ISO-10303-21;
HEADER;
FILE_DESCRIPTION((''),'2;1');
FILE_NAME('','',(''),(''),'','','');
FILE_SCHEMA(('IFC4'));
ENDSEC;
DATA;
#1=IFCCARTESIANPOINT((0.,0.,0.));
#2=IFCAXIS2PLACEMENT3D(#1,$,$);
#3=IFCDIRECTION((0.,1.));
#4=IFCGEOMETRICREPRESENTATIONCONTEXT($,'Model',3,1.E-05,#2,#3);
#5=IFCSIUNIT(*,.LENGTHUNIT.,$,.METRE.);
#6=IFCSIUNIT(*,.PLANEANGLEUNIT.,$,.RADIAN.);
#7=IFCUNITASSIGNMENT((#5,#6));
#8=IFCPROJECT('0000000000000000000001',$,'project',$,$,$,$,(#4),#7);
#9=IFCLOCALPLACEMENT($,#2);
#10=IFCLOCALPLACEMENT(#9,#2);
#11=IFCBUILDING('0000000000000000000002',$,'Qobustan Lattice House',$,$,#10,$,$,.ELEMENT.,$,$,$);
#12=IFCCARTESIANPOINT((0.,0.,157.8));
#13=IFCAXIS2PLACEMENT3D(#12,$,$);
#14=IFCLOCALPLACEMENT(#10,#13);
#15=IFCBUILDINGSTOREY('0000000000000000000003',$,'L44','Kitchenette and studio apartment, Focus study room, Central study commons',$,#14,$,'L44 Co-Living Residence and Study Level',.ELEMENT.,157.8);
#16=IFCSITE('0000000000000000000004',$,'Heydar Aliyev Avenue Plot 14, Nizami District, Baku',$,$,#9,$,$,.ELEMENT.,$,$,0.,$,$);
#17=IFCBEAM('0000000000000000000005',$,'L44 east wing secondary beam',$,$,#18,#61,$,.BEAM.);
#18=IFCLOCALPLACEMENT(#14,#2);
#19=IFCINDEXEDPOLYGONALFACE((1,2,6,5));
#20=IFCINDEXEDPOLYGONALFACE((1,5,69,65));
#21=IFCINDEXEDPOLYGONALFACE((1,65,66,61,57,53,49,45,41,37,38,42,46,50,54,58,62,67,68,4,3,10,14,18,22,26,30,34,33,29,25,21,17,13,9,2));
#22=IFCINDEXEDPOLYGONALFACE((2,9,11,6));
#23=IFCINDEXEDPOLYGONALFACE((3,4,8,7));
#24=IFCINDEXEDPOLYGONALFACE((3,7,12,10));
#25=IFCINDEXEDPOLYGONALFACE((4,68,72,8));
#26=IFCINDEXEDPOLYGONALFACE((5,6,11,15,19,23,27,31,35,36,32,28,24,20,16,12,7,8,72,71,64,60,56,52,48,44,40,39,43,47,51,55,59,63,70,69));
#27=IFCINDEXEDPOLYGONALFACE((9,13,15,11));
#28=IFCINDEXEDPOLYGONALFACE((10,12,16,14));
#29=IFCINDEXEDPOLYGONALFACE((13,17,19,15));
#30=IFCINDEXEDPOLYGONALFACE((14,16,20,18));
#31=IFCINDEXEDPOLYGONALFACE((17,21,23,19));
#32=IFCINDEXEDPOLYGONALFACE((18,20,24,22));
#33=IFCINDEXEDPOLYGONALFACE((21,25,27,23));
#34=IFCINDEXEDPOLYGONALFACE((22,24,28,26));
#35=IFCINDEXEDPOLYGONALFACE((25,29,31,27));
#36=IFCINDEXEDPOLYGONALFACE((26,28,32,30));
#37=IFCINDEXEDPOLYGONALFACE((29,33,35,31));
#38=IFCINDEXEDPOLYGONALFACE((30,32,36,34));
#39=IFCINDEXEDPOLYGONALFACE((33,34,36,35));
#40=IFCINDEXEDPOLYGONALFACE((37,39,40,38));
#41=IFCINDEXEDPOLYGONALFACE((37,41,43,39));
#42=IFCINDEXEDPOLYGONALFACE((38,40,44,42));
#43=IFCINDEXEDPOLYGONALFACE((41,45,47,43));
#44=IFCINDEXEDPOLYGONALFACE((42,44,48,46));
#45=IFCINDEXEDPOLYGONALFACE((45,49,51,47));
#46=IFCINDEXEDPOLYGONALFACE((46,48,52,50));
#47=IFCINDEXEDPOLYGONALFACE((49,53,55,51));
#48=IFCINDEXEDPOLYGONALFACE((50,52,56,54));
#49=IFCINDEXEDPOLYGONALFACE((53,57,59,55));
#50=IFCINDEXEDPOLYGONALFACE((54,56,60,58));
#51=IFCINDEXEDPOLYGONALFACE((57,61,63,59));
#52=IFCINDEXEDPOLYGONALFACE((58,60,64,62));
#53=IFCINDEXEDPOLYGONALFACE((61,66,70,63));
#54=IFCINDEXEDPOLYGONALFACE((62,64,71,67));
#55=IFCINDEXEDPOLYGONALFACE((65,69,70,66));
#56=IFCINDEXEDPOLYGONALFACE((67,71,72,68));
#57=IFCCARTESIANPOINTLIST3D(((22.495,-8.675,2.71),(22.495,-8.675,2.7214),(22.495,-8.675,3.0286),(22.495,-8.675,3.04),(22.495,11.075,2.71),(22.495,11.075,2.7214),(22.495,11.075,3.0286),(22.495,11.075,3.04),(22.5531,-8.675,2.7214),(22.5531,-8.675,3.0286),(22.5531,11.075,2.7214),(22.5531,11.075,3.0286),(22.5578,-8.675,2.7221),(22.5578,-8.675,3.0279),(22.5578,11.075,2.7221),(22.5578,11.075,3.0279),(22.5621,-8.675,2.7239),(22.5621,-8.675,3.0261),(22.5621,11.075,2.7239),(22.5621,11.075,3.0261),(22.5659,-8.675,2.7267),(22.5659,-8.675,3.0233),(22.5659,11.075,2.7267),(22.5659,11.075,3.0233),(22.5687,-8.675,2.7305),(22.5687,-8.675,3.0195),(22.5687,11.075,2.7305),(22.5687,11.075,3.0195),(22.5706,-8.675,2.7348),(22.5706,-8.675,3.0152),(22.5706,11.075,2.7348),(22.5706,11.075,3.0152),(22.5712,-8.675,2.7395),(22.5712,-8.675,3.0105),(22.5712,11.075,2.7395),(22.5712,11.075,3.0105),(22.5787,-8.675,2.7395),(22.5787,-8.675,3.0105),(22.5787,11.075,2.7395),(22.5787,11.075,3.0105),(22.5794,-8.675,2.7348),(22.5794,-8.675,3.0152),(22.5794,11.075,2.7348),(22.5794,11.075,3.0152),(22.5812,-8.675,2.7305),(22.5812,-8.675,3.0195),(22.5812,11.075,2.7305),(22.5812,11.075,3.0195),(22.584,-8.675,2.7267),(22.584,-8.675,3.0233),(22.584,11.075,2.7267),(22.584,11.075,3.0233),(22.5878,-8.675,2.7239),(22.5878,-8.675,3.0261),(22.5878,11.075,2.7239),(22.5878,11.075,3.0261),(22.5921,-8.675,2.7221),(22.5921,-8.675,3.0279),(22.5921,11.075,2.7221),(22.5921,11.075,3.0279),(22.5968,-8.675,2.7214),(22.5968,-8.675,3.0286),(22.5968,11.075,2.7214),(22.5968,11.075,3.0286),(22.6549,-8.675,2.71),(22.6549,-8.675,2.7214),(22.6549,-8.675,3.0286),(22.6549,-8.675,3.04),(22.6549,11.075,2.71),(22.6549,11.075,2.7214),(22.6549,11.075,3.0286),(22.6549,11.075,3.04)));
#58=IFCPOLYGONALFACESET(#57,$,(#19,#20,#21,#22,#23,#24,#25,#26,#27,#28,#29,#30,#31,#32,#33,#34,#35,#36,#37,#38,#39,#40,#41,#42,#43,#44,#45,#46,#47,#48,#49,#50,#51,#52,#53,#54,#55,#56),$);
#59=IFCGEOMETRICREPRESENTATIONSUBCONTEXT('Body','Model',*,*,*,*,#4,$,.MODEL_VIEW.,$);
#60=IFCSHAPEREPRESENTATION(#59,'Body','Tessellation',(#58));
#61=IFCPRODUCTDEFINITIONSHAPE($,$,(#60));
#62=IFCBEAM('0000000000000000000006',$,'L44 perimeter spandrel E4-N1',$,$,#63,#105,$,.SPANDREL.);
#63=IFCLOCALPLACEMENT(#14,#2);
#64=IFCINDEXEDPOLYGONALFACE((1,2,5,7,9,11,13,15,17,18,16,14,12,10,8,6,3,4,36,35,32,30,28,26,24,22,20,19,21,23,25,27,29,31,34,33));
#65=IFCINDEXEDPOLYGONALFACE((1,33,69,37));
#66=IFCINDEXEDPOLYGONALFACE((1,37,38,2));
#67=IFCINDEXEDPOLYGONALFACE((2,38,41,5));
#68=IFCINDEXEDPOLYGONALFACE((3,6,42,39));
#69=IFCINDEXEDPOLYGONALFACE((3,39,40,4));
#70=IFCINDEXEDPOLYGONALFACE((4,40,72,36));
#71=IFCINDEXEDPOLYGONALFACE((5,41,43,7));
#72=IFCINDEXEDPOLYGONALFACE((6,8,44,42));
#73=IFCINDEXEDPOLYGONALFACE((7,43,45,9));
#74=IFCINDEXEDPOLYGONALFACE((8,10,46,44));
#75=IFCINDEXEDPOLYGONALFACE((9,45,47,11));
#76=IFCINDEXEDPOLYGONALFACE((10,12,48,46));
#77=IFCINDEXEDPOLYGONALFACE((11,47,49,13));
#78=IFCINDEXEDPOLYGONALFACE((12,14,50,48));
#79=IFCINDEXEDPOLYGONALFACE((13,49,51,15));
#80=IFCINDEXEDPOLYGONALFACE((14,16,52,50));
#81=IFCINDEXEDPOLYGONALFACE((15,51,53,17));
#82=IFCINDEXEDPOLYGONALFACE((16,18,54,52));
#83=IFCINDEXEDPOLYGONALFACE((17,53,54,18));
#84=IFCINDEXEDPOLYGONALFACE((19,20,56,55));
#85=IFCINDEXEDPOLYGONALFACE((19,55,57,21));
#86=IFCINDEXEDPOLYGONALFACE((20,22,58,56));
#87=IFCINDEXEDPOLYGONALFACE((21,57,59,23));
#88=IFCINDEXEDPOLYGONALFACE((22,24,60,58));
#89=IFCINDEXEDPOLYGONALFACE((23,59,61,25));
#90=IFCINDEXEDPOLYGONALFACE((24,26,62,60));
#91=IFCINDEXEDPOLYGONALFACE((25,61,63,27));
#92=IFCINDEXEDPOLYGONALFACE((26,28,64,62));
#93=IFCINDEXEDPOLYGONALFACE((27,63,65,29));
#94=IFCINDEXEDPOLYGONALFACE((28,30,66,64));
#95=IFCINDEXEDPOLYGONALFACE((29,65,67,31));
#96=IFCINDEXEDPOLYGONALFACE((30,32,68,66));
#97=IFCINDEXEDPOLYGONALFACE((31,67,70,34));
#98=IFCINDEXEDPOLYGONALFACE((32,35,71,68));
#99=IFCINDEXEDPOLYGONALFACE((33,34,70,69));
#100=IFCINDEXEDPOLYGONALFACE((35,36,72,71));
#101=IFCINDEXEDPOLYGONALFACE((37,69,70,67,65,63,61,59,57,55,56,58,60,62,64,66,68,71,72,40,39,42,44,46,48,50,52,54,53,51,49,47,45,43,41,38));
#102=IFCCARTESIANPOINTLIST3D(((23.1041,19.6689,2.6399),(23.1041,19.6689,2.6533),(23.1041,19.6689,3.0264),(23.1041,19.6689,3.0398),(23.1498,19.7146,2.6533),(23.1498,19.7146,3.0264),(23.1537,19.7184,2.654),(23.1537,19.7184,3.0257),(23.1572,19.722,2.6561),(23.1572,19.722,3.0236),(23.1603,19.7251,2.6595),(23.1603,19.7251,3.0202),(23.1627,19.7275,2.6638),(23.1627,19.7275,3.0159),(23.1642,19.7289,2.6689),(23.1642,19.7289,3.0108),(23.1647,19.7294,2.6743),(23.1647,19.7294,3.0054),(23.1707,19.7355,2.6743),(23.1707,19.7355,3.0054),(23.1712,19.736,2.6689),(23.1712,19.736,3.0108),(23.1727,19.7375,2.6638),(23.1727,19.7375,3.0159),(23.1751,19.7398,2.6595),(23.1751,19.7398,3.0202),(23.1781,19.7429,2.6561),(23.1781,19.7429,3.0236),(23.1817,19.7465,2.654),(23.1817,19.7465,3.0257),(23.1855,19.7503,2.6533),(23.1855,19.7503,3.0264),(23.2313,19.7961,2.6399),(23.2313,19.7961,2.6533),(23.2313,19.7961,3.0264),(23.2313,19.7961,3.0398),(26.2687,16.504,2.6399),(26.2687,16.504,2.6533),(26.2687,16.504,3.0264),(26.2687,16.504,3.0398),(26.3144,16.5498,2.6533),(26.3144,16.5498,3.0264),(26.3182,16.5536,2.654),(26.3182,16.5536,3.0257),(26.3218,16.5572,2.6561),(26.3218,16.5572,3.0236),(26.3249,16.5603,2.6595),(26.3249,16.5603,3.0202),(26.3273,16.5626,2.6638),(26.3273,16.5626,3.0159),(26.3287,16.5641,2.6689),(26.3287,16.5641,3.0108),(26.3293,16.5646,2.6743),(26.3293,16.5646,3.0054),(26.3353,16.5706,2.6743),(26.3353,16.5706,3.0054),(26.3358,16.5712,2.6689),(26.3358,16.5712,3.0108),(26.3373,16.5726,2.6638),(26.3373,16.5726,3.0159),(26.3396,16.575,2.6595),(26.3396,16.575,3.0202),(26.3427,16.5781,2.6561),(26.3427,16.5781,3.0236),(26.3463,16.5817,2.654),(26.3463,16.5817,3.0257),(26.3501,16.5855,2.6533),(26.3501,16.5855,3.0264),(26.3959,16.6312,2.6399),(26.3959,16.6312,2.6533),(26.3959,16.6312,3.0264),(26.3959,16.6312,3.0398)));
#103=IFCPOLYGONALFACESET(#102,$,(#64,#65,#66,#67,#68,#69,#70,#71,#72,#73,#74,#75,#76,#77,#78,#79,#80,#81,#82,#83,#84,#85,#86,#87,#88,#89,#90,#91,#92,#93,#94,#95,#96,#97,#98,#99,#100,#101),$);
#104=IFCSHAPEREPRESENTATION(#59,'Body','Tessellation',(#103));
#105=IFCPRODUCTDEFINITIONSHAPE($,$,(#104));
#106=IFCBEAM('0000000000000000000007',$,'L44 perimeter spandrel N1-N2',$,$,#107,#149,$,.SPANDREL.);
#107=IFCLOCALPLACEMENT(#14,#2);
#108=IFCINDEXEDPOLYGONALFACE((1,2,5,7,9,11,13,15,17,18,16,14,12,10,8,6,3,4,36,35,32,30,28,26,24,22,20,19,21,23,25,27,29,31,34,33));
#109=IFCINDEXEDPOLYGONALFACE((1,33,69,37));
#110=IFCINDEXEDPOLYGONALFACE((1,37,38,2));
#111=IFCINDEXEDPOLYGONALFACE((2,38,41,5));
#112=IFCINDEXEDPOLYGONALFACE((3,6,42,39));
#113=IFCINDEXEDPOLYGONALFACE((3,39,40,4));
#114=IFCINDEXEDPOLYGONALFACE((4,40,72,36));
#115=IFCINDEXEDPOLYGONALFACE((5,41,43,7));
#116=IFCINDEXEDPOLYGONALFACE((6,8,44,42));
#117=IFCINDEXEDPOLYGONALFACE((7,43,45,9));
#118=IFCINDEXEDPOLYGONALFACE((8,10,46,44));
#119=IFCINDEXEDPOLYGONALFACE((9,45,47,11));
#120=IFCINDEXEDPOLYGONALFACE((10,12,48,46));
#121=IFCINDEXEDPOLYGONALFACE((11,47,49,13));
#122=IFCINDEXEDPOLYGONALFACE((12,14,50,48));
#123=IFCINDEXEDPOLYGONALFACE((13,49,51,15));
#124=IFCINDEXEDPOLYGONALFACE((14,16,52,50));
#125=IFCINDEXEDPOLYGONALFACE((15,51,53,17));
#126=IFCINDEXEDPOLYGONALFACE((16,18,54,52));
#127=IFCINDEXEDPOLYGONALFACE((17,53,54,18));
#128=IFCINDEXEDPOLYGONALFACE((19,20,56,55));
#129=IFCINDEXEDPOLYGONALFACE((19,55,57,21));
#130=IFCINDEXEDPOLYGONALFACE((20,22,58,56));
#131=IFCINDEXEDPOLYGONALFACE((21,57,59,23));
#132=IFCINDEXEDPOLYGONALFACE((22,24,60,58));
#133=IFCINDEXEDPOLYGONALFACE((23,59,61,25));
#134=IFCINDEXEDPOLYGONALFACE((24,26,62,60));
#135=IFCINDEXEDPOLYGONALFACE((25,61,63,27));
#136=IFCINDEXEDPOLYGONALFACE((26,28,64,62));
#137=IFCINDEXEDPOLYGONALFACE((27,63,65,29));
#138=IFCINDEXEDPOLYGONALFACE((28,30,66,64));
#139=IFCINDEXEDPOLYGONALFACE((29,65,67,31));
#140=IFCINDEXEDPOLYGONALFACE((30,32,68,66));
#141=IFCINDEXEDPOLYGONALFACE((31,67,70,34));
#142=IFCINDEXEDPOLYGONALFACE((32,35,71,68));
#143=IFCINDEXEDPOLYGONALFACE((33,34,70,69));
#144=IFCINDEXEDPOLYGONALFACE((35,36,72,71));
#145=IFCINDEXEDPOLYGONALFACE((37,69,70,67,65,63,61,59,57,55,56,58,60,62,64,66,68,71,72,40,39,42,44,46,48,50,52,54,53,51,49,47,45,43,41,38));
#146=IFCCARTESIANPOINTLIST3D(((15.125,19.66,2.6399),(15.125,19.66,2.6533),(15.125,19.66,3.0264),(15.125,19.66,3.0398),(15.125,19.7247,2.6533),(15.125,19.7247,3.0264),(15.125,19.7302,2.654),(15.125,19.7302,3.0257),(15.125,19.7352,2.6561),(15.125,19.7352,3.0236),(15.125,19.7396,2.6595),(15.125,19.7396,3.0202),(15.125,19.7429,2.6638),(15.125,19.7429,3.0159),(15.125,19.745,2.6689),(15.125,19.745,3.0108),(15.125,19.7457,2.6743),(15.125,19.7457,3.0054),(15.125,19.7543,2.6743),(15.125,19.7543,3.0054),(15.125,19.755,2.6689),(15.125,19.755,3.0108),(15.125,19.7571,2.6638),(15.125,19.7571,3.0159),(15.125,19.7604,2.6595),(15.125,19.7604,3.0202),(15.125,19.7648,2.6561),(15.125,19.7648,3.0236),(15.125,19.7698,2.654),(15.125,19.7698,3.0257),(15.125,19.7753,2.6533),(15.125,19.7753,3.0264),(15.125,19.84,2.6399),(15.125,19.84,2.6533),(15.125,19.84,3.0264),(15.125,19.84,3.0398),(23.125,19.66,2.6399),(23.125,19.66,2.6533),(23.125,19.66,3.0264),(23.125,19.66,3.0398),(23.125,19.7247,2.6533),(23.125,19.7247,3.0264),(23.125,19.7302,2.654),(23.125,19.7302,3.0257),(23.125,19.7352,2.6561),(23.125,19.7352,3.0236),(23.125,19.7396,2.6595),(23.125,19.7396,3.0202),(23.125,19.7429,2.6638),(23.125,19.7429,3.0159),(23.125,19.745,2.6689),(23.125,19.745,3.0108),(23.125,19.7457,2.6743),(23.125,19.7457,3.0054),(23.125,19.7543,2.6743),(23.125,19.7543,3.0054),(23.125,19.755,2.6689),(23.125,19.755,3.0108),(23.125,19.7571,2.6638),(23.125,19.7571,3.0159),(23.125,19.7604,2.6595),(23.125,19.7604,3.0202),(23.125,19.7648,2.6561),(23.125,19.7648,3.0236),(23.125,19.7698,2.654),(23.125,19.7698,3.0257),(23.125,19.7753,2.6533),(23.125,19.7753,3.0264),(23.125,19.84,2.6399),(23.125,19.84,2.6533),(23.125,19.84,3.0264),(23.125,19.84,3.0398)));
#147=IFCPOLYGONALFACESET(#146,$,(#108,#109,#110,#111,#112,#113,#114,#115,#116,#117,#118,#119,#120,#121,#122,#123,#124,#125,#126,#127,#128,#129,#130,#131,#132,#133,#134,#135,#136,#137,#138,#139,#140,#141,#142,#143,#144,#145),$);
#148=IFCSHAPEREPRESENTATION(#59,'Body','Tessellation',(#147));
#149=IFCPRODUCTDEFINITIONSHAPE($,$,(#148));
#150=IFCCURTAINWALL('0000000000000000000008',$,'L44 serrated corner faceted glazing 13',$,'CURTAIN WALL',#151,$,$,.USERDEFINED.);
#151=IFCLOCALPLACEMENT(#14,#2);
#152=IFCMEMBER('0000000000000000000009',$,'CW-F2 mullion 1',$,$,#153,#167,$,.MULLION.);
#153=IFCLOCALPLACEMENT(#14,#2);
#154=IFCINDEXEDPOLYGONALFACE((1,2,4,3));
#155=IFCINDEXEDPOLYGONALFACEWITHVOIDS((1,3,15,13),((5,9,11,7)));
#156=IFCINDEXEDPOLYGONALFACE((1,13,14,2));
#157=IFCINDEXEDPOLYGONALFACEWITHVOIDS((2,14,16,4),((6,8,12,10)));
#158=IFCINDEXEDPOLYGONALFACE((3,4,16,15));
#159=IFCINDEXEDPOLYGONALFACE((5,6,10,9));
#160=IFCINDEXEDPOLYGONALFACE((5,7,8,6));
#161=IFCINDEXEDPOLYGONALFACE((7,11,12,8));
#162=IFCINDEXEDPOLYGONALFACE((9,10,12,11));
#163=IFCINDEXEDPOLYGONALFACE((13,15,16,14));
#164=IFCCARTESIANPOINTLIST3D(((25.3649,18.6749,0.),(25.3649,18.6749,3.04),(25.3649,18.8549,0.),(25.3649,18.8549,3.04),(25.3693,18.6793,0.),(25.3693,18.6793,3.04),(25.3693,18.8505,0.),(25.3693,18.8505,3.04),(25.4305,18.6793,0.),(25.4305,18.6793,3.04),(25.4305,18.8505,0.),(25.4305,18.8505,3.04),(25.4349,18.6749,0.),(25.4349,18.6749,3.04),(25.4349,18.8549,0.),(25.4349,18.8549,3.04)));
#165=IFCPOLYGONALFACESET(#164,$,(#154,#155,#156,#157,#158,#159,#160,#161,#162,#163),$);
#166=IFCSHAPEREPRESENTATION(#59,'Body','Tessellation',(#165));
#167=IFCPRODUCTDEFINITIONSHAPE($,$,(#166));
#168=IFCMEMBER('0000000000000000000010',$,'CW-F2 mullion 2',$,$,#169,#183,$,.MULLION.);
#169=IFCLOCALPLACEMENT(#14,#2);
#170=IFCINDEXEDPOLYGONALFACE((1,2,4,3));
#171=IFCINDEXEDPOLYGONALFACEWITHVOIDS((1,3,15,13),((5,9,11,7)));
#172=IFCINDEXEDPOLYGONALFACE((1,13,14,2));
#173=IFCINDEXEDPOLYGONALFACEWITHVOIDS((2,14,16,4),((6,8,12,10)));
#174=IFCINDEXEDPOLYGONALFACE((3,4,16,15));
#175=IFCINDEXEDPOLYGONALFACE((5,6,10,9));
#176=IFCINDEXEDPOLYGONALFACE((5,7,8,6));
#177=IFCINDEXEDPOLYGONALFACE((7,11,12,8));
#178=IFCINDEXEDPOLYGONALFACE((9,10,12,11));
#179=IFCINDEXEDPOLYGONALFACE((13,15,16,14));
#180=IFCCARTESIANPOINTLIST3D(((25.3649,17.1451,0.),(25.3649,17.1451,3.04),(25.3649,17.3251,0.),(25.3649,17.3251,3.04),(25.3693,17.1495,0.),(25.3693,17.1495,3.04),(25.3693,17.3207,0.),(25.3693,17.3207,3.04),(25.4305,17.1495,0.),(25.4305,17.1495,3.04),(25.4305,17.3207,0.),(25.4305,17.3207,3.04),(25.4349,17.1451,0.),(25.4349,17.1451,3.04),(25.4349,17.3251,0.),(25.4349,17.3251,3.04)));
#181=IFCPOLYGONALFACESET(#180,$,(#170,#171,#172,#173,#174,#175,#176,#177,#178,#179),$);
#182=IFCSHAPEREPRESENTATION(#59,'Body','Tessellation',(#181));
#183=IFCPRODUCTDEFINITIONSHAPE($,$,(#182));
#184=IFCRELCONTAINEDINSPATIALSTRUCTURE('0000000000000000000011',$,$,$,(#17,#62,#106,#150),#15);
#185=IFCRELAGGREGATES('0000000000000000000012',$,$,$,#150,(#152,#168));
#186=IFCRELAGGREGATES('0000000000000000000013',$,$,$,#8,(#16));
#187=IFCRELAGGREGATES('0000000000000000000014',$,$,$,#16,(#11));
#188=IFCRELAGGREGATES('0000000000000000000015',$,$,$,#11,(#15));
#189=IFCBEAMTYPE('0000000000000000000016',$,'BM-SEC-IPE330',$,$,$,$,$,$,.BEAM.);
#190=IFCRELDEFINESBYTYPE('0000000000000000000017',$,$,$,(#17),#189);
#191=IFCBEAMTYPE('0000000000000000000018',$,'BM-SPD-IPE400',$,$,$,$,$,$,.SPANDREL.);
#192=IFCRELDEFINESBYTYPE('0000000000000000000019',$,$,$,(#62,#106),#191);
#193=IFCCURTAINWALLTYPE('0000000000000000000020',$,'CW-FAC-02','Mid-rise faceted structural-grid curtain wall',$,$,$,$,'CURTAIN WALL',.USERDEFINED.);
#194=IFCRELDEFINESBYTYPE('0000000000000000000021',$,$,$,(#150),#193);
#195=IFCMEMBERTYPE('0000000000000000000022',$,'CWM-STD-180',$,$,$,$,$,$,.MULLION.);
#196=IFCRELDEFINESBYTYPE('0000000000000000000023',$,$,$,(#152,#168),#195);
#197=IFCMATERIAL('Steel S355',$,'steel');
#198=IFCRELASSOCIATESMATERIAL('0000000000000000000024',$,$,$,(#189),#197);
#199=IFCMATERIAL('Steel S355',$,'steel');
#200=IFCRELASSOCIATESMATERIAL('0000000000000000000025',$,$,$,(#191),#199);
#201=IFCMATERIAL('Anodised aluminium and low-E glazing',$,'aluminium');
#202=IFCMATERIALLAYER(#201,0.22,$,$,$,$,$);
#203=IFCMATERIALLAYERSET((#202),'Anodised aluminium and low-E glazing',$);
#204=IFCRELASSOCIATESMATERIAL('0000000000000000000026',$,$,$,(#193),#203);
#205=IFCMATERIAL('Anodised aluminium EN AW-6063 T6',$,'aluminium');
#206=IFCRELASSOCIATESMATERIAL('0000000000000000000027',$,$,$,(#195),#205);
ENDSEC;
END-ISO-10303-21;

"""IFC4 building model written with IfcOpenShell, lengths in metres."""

from ifc_helpers import new_model, si_unit, direction, frame, origin, origin_2d, place, context, subcontext, project, spatial, hollow_rectangle, i_section, extrude, material, layer, layer_set, material_profile, profile_set, type_object, element, aggregate, save


model = new_model("IFC4")

# Units and contexts
model_context = context("Model", 3, precision=1e-05, world=origin(), true_north=direction((0.0, 1.0)))
body_context = subcontext(model_context, "Body", "Model", "MODEL_VIEW")
ifc_project = project(units=[si_unit("LENGTHUNIT", "METRE"), si_unit("PLANEANGLEUNIT", "RADIAN")], contexts=[model_context])

# Site, building, storey
site_placement = place(None, origin())
site = spatial("IfcSite", under=ifc_project, at=site_placement, Name="Heydar Aliyev Avenue Plot 14, Nizami District, Baku", CompositionType="ELEMENT", RefElevation=0.0)
building_placement = place(site_placement, origin())
building = spatial("IfcBuilding", under=site, at=building_placement, Name="Qobustan Lattice House", CompositionType="ELEMENT")
storey_placement = place(building_placement, frame((0.0, 0.0, 157.8)))
storey = spatial("IfcBuildingStorey", under=building, at=storey_placement, Name="L44", Description="Kitchenette and studio apartment, Focus study room, Central study commons", LongName="L44 Co-Living Residence and Study Level", CompositionType="ELEMENT", Elevation=157.8)

# Beams
ifc_material_1 = material(Name="Steel S355", Category="steel")
ifc_material_profile_1 = material_profile(ifc_material_1, i_section(OverallWidth=0.1599, OverallDepth=0.3301, WebThickness=0.0076, FlangeThickness=0.0115, FilletRadius=0.0181, at=origin_2d()), Name="IPE330")
ifc_profile_set_1 = profile_set([ifc_material_profile_1], Name="Steel S355")
beam_type_1 = type_object("IfcBeamType", Name="BM-SEC-IPE330", PredefinedType="BEAM", material=ifc_profile_set_1)
beam_1_placement = place(storey_placement, frame((22.575, 11.075, 2.875), z_axis=(0.0, -1.0, 0.0), x_axis=(1.0, 0.0, 0.0)))
element("IfcBeam", 1, at=beam_1_placement, inside=storey, type_object=beam_type_1, Name="L44 east wing secondary beam", PredefinedType="BEAM", context=body_context, shape_type="SweptSolid", body=[
    extrude(i_section(OverallWidth=0.1599, OverallDepth=0.3301, WebThickness=0.0076, FlangeThickness=0.0115, FilletRadius=0.0181, at=origin_2d()), origin(), (0.0, 0.0, 1.0), 19.75),
])
ifc_material_2 = material(Name="Steel S355", Category="steel")
ifc_material_profile_2 = material_profile(ifc_material_2, i_section(OverallWidth=0.1799, OverallDepth=0.3999, WebThickness=0.0085, FlangeThickness=0.0134, FilletRadius=0.021, at=origin_2d()), Name="IPE400")
ifc_profile_set_2 = profile_set([ifc_material_profile_2], Name="Steel S355")
beam_type_2 = type_object("IfcBeamType", Name="BM-SPD-IPE400", PredefinedType="SPANDREL", material=ifc_profile_set_2)
beam_2_placement = place(storey_placement, frame((26.3323, 16.5676, 2.8398), z_axis=(-0.70708, 0.707134, 0.0), x_axis=(-0.707134, -0.70708, 0.0)))
element("IfcBeam", 2, at=beam_2_placement, inside=storey, type_object=beam_type_2, Name="L44 perimeter spandrel E4-N1", PredefinedType="SPANDREL", context=body_context, shape_type="SweptSolid", body=[
    extrude(i_section(OverallWidth=0.1799, OverallDepth=0.3999, WebThickness=0.0085, FlangeThickness=0.0134, FilletRadius=0.021, at=origin_2d()), origin(), (0.0, 0.0, 1.0), 4.4756),
])
beam_3_placement = place(storey_placement, frame((23.125, 19.75, 2.8398), z_axis=(-1.0, 0.0, 0.0), x_axis=(0.0, -1.0, 0.0)))
element("IfcBeam", 3, at=beam_3_placement, inside=storey, type_object=beam_type_2, Name="L44 perimeter spandrel N1-N2", PredefinedType="SPANDREL", context=body_context, shape_type="SweptSolid", body=[
    extrude(i_section(OverallWidth=0.1799, OverallDepth=0.3999, WebThickness=0.0085, FlangeThickness=0.0134, FilletRadius=0.021, at=origin_2d()), origin(), (0.0, 0.0, 1.0), 8.0),
])

# Curtain wall, members
ifc_material_3 = material(Name="Anodised aluminium and low-E glazing", Category="aluminium")
ifc_layer_1 = layer(ifc_material_3, 0.22)
ifc_layer_set_1 = layer_set([ifc_layer_1], Name="Anodised aluminium and low-E glazing")
curtain_wall_type = type_object("IfcCurtainWallType", Name="CW-FAC-02", Description="Mid-rise faceted structural-grid curtain wall", ElementType="CURTAIN WALL", PredefinedType="USERDEFINED", material=ifc_layer_set_1)
curtain_wall_placement = place(storey_placement, origin())
curtain_wall = element("IfcCurtainWall", 4, at=curtain_wall_placement, inside=storey, type_object=curtain_wall_type, Name="L44 serrated corner faceted glazing 13", ObjectType="CURTAIN WALL", PredefinedType="USERDEFINED")
ifc_material_4 = material(Name="Anodised aluminium EN AW-6063 T6", Category="aluminium")
ifc_material_profile_3 = material_profile(ifc_material_4, hollow_rectangle(XDim=0.0701, YDim=0.1799, WallThickness=0.0044, at=origin_2d()), Name="CWM-180x70")
ifc_profile_set_3 = profile_set([ifc_material_profile_3], Name="Anodised aluminium EN AW-6063 T6")
member_type_1 = type_object("IfcMemberType", Name="CWM-STD-180", PredefinedType="MULLION", material=ifc_profile_set_3)
member_1_placement = place(storey_placement, frame((25.3999, 18.7649, 0.0), z_axis=(0.0, 0.0, 1.0), x_axis=(1.0, 0.0, 0.0)))
member_1 = element("IfcMember", 5, at=member_1_placement, type_object=member_type_1, Name="CW-F2 mullion 1", PredefinedType="MULLION", context=body_context, shape_type="SweptSolid", body=[
    extrude(hollow_rectangle(XDim=0.0701, YDim=0.1799, WallThickness=0.0044, at=origin_2d()), origin(), (0.0, 0.0, 1.0), 3.04),
])
member_2_placement = place(storey_placement, frame((25.3999, 17.2351, 0.0), z_axis=(0.0, 0.0, 1.0), x_axis=(1.0, 0.0, 0.0)))
member_2 = element("IfcMember", 6, at=member_2_placement, type_object=member_type_1, Name="CW-F2 mullion 2", PredefinedType="MULLION", context=body_context, shape_type="SweptSolid", body=[
    extrude(hollow_rectangle(XDim=0.0701, YDim=0.1799, WallThickness=0.0044, at=origin_2d()), origin(), (0.0, 0.0, 1.0), 3.04),
])
aggregate(curtain_wall, [member_1, member_2])

save(model, "model.ifc")
